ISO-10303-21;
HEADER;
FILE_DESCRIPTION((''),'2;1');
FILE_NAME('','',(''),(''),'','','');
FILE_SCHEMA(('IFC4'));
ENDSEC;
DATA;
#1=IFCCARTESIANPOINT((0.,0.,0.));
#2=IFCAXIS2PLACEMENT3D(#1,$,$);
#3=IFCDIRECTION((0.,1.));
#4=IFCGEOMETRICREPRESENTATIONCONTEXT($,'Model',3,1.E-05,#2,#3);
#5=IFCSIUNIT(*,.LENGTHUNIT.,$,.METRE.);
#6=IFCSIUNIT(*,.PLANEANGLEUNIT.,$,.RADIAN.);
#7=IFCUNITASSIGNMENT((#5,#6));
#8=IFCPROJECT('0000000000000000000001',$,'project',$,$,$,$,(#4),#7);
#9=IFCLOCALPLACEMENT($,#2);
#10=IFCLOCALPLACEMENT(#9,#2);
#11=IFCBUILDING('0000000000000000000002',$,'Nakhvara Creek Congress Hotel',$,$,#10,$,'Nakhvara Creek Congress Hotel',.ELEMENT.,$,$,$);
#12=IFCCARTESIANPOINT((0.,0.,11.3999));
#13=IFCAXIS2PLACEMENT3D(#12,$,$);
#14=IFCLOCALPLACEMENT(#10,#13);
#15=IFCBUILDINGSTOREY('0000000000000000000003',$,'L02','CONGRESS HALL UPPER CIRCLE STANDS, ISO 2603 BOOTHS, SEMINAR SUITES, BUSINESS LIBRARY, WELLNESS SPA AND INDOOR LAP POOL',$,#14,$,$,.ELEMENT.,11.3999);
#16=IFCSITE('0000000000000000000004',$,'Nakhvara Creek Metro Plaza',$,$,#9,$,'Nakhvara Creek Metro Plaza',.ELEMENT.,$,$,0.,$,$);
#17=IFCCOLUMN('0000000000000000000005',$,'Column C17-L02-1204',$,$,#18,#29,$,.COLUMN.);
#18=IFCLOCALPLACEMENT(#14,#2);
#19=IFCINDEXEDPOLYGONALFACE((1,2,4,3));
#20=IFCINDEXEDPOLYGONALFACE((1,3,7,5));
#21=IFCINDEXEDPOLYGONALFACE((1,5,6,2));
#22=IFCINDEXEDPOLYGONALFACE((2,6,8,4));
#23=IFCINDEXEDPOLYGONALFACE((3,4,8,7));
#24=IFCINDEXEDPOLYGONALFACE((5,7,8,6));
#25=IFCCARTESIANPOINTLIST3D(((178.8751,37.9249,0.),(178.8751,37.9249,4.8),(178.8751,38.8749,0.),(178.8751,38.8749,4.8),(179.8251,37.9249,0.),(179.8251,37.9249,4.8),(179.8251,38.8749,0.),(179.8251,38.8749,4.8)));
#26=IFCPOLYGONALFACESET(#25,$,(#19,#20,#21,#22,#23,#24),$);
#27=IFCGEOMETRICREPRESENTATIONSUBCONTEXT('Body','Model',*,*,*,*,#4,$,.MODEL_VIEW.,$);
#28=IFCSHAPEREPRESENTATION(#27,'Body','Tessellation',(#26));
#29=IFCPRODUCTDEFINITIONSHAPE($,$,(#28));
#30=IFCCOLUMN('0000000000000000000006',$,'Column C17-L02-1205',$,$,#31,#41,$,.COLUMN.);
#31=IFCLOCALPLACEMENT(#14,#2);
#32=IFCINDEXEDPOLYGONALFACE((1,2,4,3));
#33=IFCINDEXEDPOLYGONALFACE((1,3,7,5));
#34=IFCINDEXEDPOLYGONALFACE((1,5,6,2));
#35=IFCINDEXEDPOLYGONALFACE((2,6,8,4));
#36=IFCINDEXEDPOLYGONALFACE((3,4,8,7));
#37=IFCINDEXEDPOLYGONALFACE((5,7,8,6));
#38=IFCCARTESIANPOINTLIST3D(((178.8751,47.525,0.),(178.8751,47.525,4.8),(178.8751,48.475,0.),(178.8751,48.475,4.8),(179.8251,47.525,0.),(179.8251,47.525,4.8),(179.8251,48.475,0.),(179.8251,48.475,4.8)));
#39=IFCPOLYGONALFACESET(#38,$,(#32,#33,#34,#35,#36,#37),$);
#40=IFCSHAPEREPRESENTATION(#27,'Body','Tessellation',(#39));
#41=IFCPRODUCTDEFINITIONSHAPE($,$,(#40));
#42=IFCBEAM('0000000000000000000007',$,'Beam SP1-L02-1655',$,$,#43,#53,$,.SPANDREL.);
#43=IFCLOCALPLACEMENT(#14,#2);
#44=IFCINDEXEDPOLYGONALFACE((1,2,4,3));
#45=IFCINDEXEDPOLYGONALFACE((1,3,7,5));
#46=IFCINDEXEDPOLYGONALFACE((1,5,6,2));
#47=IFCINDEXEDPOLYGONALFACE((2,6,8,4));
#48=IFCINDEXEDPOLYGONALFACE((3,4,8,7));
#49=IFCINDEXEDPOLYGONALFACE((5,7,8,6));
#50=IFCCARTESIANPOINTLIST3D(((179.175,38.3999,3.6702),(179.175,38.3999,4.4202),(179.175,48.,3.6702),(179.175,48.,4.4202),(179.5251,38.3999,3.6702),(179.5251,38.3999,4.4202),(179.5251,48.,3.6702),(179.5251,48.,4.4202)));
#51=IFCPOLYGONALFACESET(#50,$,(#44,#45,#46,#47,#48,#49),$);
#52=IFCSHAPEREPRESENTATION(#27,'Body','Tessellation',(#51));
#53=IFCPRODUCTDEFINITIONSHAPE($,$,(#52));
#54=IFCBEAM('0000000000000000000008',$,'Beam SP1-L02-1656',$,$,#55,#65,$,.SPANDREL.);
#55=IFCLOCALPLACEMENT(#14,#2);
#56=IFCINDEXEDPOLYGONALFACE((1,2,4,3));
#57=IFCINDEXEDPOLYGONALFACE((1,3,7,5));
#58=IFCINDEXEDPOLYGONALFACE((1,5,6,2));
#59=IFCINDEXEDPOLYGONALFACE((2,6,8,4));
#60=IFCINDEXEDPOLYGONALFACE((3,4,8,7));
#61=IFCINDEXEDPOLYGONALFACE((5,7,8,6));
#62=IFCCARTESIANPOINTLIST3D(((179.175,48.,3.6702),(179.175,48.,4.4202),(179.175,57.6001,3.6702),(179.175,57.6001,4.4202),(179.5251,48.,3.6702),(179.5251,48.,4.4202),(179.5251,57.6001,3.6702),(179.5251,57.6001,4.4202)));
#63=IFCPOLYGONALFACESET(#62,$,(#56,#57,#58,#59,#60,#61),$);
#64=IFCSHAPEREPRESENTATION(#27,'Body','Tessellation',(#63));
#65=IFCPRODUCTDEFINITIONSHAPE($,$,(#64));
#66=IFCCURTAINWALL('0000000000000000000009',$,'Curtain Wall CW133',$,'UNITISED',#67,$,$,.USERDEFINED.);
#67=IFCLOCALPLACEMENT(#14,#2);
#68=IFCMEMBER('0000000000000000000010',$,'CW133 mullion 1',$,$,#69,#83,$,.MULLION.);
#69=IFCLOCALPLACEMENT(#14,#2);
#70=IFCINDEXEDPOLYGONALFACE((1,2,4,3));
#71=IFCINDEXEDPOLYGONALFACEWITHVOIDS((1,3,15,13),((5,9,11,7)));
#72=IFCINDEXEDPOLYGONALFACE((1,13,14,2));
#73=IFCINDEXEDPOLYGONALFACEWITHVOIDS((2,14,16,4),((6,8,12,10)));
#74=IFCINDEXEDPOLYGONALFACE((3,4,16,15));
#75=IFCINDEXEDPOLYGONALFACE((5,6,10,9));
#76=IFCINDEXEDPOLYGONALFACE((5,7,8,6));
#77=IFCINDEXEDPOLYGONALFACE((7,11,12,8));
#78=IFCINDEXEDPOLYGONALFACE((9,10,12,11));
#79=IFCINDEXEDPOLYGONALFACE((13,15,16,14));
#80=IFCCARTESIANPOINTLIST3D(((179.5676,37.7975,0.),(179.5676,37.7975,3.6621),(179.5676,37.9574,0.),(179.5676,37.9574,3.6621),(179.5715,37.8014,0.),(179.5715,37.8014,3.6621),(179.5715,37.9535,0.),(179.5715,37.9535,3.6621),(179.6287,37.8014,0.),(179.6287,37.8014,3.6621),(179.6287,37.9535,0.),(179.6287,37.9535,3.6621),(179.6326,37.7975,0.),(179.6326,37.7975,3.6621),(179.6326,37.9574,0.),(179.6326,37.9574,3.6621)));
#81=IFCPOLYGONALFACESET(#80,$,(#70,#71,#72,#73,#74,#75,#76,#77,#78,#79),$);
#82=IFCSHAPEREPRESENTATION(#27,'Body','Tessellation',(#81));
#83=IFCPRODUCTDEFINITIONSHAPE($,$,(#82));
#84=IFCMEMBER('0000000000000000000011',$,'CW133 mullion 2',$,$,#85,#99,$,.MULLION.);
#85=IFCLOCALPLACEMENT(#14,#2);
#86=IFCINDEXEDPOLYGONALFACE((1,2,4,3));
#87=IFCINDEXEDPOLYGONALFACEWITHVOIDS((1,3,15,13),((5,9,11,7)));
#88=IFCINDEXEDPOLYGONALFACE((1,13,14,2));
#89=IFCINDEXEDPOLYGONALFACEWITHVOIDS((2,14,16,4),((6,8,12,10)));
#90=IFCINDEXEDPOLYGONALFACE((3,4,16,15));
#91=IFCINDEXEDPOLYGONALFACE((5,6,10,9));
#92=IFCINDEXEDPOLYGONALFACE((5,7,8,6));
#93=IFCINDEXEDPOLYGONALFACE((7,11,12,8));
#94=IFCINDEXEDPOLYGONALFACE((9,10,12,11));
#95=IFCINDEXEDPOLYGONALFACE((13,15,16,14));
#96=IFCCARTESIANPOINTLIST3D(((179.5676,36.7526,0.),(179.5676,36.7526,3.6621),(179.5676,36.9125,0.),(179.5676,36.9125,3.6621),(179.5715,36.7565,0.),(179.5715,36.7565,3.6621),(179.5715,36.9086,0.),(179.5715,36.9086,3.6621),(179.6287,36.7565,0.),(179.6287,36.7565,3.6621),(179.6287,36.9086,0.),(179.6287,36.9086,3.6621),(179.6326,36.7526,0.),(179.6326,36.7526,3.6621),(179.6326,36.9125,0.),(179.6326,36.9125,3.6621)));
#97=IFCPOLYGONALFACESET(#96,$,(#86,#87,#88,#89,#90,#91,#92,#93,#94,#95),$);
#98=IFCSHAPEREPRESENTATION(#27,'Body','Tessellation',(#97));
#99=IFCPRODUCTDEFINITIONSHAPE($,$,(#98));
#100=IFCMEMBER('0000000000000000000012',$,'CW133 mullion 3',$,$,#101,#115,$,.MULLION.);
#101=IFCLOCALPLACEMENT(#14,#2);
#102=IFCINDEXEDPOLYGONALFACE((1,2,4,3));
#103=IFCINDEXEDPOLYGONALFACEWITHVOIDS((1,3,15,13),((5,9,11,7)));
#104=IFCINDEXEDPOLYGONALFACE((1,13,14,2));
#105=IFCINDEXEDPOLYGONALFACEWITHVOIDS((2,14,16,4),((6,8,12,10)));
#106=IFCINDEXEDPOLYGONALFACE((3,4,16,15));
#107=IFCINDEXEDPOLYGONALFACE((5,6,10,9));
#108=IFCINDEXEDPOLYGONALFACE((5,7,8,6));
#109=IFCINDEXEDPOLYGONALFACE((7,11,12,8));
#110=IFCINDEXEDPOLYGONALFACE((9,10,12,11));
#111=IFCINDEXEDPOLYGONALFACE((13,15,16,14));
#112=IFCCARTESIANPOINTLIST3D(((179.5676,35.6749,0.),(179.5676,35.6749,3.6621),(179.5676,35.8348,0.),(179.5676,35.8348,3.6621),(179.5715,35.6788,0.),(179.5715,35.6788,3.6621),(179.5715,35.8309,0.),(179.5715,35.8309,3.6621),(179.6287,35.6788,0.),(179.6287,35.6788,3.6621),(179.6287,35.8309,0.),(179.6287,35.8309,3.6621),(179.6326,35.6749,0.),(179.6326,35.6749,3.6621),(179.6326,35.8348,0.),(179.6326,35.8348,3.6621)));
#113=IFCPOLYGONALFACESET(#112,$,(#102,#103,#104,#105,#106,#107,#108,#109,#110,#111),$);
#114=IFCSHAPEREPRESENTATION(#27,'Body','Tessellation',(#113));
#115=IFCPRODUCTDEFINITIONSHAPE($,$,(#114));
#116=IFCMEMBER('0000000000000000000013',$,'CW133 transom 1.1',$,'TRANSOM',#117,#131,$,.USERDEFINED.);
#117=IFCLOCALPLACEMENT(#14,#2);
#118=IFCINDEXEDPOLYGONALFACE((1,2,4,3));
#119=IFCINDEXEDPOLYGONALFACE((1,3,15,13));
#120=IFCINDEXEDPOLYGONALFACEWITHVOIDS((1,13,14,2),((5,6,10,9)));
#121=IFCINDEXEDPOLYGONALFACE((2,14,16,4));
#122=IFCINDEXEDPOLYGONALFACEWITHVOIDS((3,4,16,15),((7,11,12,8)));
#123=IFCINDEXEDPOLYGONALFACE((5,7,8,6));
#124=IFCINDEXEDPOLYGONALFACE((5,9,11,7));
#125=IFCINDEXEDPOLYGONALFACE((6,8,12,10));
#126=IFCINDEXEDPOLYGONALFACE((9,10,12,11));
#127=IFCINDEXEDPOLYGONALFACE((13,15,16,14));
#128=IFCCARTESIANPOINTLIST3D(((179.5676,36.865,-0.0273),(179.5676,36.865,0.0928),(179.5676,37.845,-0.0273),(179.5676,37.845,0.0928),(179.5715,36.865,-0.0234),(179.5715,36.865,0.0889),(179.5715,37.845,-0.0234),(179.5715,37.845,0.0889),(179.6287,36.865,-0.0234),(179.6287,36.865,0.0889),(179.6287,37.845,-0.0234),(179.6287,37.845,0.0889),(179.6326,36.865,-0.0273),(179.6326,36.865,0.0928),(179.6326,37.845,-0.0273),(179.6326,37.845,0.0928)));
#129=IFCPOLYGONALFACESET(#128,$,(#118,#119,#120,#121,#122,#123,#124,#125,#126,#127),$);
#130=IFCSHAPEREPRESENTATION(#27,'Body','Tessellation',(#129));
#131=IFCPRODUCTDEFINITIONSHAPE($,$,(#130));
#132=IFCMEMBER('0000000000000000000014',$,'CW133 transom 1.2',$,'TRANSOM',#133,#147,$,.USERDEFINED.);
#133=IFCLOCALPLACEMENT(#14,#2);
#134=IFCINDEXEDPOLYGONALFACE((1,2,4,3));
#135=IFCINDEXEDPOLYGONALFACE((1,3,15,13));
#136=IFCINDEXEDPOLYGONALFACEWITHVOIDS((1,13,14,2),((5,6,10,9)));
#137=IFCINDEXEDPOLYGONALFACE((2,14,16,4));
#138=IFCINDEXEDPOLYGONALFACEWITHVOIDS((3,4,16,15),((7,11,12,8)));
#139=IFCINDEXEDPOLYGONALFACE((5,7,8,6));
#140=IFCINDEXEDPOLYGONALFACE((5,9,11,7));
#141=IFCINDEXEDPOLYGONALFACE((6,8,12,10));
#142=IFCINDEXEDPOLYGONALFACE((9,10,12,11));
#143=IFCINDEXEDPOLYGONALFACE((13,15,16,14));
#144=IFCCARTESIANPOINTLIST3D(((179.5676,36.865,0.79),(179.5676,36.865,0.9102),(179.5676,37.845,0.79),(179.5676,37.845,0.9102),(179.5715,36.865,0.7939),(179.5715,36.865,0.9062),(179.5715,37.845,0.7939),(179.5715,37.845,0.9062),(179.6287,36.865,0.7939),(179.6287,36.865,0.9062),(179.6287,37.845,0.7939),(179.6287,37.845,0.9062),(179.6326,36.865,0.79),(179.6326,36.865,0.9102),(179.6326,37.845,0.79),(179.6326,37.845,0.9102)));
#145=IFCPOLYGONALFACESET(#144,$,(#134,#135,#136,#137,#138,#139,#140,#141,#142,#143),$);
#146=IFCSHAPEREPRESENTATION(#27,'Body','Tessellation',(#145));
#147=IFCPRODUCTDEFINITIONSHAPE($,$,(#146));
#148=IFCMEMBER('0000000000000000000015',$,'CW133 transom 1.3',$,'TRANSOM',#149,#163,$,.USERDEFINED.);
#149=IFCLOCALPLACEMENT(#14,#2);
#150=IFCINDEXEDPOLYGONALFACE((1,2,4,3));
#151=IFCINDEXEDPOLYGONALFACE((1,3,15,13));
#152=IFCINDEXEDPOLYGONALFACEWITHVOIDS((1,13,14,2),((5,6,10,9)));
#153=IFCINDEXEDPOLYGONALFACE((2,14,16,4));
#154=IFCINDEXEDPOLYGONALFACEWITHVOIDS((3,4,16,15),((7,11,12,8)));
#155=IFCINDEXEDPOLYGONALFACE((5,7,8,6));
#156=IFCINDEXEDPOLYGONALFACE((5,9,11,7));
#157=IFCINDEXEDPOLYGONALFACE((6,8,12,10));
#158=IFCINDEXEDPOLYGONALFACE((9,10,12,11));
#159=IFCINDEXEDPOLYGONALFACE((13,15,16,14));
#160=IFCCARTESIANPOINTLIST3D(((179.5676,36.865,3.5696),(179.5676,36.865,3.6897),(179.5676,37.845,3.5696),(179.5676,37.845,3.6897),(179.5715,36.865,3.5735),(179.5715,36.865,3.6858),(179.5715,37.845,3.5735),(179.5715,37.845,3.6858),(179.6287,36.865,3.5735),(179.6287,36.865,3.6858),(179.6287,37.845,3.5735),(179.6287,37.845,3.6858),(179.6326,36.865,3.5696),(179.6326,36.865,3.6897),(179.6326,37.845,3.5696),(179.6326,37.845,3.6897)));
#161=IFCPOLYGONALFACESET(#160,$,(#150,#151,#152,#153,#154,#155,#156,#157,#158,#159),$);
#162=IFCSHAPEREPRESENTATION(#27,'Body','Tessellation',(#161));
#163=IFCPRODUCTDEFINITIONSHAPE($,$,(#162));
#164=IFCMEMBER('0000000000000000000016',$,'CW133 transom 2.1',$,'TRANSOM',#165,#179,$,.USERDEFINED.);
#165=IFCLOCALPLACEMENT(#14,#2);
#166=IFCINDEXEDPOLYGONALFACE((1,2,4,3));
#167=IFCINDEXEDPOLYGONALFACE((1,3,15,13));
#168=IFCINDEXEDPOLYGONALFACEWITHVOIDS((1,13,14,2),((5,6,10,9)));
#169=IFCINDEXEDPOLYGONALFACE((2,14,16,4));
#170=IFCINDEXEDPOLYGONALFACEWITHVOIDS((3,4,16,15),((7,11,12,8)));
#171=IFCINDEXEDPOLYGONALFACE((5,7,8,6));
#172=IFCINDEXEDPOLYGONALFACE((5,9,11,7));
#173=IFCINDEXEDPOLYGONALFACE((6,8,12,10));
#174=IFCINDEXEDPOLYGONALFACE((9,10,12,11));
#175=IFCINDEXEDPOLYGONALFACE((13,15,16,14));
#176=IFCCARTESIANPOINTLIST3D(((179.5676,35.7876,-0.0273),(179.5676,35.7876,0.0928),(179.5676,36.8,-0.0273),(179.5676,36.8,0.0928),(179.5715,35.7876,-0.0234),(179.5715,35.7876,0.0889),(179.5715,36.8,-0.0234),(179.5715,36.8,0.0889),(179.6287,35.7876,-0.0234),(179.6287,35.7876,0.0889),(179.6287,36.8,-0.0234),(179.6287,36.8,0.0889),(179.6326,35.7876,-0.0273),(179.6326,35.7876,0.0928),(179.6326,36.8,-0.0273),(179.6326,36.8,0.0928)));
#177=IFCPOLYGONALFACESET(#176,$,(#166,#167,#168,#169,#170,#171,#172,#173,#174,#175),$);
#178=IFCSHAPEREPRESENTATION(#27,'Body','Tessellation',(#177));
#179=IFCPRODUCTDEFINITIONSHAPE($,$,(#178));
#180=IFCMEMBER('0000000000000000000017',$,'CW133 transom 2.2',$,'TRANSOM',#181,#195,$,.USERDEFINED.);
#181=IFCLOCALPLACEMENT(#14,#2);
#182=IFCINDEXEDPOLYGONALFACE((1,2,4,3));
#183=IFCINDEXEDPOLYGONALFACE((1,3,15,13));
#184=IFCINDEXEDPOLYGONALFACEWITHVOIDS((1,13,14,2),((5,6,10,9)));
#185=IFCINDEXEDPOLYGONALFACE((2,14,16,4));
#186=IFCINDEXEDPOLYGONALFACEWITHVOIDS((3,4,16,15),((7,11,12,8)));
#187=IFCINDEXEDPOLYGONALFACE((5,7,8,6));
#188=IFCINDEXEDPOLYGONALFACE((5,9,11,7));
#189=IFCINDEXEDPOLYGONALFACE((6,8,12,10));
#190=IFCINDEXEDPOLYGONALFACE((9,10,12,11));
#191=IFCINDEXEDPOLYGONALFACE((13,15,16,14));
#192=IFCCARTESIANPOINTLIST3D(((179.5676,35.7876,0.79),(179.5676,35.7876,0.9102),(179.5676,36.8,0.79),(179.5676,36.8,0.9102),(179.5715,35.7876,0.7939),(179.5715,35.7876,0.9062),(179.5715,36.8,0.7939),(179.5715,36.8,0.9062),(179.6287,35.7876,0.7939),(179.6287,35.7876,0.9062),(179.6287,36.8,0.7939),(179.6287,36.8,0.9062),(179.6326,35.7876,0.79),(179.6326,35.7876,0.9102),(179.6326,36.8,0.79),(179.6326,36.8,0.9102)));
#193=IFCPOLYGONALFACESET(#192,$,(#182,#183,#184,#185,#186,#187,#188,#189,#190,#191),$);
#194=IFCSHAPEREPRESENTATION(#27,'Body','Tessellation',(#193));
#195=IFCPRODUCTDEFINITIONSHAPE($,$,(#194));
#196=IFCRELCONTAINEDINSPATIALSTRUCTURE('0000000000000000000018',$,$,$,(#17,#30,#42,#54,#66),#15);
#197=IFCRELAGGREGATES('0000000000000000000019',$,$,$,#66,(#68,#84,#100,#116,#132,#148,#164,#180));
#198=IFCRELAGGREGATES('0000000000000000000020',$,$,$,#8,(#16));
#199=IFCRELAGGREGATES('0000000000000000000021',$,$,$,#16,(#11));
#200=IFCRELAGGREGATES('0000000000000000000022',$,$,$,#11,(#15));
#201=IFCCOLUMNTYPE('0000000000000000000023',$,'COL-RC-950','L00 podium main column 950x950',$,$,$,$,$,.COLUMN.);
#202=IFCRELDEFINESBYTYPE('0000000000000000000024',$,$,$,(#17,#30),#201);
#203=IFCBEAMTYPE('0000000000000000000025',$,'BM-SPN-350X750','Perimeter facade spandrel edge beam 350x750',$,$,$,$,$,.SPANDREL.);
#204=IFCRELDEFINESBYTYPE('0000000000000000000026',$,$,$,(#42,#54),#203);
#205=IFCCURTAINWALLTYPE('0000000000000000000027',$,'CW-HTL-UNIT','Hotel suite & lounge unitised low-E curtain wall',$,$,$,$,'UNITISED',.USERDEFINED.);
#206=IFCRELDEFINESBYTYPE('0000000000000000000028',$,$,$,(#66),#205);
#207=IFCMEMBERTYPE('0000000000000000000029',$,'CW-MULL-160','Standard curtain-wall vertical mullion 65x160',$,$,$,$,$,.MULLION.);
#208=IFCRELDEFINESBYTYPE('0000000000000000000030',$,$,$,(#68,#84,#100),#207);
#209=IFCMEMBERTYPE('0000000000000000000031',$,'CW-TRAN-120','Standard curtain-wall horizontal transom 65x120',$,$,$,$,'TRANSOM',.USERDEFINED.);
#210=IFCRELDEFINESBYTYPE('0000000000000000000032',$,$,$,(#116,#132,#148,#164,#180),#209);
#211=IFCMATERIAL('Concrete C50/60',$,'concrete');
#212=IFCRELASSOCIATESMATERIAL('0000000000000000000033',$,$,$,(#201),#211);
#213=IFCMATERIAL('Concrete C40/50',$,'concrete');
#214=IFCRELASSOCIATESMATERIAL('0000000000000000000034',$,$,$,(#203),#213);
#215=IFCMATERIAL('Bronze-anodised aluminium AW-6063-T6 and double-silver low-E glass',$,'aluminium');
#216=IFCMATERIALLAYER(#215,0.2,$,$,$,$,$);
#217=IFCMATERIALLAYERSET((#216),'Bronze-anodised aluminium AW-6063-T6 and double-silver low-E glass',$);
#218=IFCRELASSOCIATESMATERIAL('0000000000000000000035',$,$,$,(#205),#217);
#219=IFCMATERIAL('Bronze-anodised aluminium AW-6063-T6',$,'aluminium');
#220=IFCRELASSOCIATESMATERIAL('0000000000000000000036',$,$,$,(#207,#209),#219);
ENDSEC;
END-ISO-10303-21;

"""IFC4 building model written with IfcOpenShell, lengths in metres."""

from ifc_helpers import new_model, si_unit, direction, frame, origin, origin_2d, place, context, subcontext, project, spatial, rectangle, hollow_rectangle, extrude, material, layer, layer_set, material_profile, profile_set, type_object, element, aggregate, save


model = new_model("IFC4")

# Units and contexts
model_context = context("Model", 3, precision=1e-05, world=origin(), true_north=direction((0.0, 1.0)))
body_context = subcontext(model_context, "Body", "Model", "MODEL_VIEW")
ifc_project = project(units=[si_unit("LENGTHUNIT", "METRE"), si_unit("PLANEANGLEUNIT", "RADIAN")], contexts=[model_context])

# Site, building, storey
site_placement = place(None, origin())
site = spatial("IfcSite", under=ifc_project, at=site_placement, Name="Nakhvara Creek Metro Plaza", LongName="Nakhvara Creek Metro Plaza", CompositionType="ELEMENT", RefElevation=0.0)
building_placement = place(site_placement, origin())
building = spatial("IfcBuilding", under=site, at=building_placement, Name="Nakhvara Creek Congress Hotel", LongName="Nakhvara Creek Congress Hotel", CompositionType="ELEMENT")
storey_placement = place(building_placement, frame((0.0, 0.0, 11.3999)))
storey = spatial("IfcBuildingStorey", under=building, at=storey_placement, Name="L02", Description="CONGRESS HALL UPPER CIRCLE STANDS, ISO 2603 BOOTHS, SEMINAR SUITES, BUSINESS LIBRARY, WELLNESS SPA AND INDOOR LAP POOL", CompositionType="ELEMENT", Elevation=11.3999)

# Columns
ifc_material_1 = material(Name="Concrete C50/60", Category="concrete")
ifc_material_profile_1 = material_profile(ifc_material_1, rectangle(XDim=0.95, YDim=0.95, at=origin_2d()), Name="RC-COL 950x950", Category="LoadBearing")
ifc_profile_set_1 = profile_set([ifc_material_profile_1], Name="Concrete C50/60")
column_type = type_object("IfcColumnType", Name="COL-RC-950", Description="L00 podium main column 950x950", PredefinedType="COLUMN", material=ifc_profile_set_1)
for number, where, z_axis, x_axis, name in (
    (1, (179.3501, 38.3999, 0.0), (0.0, 0.0, 1.0), (1.0, 0.0, 0.0), "Column C17-L02-1204"),
    (2, (179.3501, 48.0, 0.0), (0.0, 0.0, 1.0), (1.0, 0.0, 0.0), "Column C17-L02-1205"),
):
    element("IfcColumn", number, at=place(storey_placement, frame(where, z_axis=z_axis, x_axis=x_axis)), inside=storey, type_object=column_type, Name=name, PredefinedType="COLUMN", context=body_context, shape_type="SweptSolid", body=[
        extrude(rectangle(XDim=0.95, YDim=0.95, at=origin_2d()), origin(), (0.0, 0.0, 1.0), 4.8),
    ])

# Beams
ifc_material_2 = material(Name="Concrete C40/50", Category="concrete")
ifc_material_profile_2 = material_profile(ifc_material_2, rectangle(XDim=0.3501, YDim=0.75, at=origin_2d()), Name="RC-SPANDREL 350x750", Category="LoadBearing")
ifc_profile_set_2 = profile_set([ifc_material_profile_2], Name="Concrete C40/50")
beam_type = type_object("IfcBeamType", Name="BM-SPN-350X750", Description="Perimeter facade spandrel edge beam 350x750", PredefinedType="SPANDREL", material=ifc_profile_set_2)
for number, where, z_axis, x_axis, name in (
    (3, (179.3501, 38.3999, 4.0452), (0.0, 1.0, 0.0), (-1.0, 0.0, 0.0), "Beam SP1-L02-1655"),
    (4, (179.3501, 48.0, 4.0452), (0.0, 1.0, 0.0), (-1.0, 0.0, 0.0), "Beam SP1-L02-1656"),
):
    element("IfcBeam", number, at=place(storey_placement, frame(where, z_axis=z_axis, x_axis=x_axis)), inside=storey, type_object=beam_type, Name=name, PredefinedType="SPANDREL", context=body_context, shape_type="SweptSolid", body=[
        extrude(rectangle(XDim=0.3501, YDim=0.75, at=origin_2d()), origin(), (0.0, 0.0, 1.0), 9.6001),
    ])

# Curtain wall, members
ifc_material_3 = material(Name="Bronze-anodised aluminium AW-6063-T6 and double-silver low-E glass", Category="aluminium")
ifc_layer_1 = layer(ifc_material_3, 0.2)
ifc_layer_set_1 = layer_set([ifc_layer_1], Name="Bronze-anodised aluminium AW-6063-T6 and double-silver low-E glass")
curtain_wall_type = type_object("IfcCurtainWallType", Name="CW-HTL-UNIT", Description="Hotel suite & lounge unitised low-E curtain wall", ElementType="UNITISED", PredefinedType="USERDEFINED", material=ifc_layer_set_1)
curtain_wall_placement = place(storey_placement, origin())
curtain_wall = element("IfcCurtainWall", 5, at=curtain_wall_placement, inside=storey, type_object=curtain_wall_type, Name="Curtain Wall CW133", ObjectType="UNITISED", PredefinedType="USERDEFINED")
ifc_material_4 = material(Name="Bronze-anodised aluminium AW-6063-T6", Category="aluminium")
ifc_material_profile_3 = material_profile(ifc_material_4, hollow_rectangle(XDim=0.0649, YDim=0.1599, WallThickness=0.0039, at=origin_2d()), Name="ALU-MULL 65x160x4", Category="LoadBearing")
ifc_profile_set_3 = profile_set([ifc_material_profile_3], Name="Bronze-anodised aluminium AW-6063-T6")
member_type_1 = type_object("IfcMemberType", Name="CW-MULL-160", Description="Standard curtain-wall vertical mullion 65x160", PredefinedType="MULLION", material=ifc_profile_set_3)
member_1_placement = place(storey_placement, frame((179.6001, 37.8774, 0.0), z_axis=(0.0, 0.0, 1.0), x_axis=(1.0, 0.0, 0.0)))
member_1 = element("IfcMember", 6, at=member_1_placement, type_object=member_type_1, Name="CW133 mullion 1", PredefinedType="MULLION", context=body_context, shape_type="SweptSolid", body=[
    extrude(hollow_rectangle(XDim=0.0649, YDim=0.1599, WallThickness=0.0039, at=origin_2d()), origin(), (0.0, 0.0, 1.0), 3.6621),
])
member_2_placement = place(storey_placement, frame((179.6001, 36.8325, 0.0), z_axis=(0.0, 0.0, 1.0), x_axis=(1.0, 0.0, 0.0)))
member_2 = element("IfcMember", 7, at=member_2_placement, type_object=member_type_1, Name="CW133 mullion 2", PredefinedType="MULLION", context=body_context, shape_type="SweptSolid", body=[
    extrude(hollow_rectangle(XDim=0.0649, YDim=0.1599, WallThickness=0.0039, at=origin_2d()), origin(), (0.0, 0.0, 1.0), 3.6621),
])
member_3_placement = place(storey_placement, frame((179.6001, 35.7549, 0.0), z_axis=(0.0, 0.0, 1.0), x_axis=(1.0, 0.0, 0.0)))
member_3 = element("IfcMember", 8, at=member_3_placement, type_object=member_type_1, Name="CW133 mullion 3", PredefinedType="MULLION", context=body_context, shape_type="SweptSolid", body=[
    extrude(hollow_rectangle(XDim=0.0649, YDim=0.1599, WallThickness=0.0039, at=origin_2d()), origin(), (0.0, 0.0, 1.0), 3.6621),
])
ifc_material_profile_4 = material_profile(ifc_material_4, hollow_rectangle(XDim=0.0649, YDim=0.1201, WallThickness=0.0039, at=origin_2d()), Name="ALU-TRAN 65x120x4", Category="LoadBearing")
ifc_profile_set_4 = profile_set([ifc_material_profile_4], Name="Bronze-anodised aluminium AW-6063-T6")
member_type_2 = type_object("IfcMemberType", Name="CW-TRAN-120", Description="Standard curtain-wall horizontal transom 65x120", ElementType="TRANSOM", PredefinedType="USERDEFINED", material=ifc_profile_set_4)
member_4_placement = place(storey_placement, frame((179.6001, 37.845, 0.0327), z_axis=(0.0, -1.0, 0.0), x_axis=(1.0, 0.0, 0.0)))
member_4 = element("IfcMember", 9, at=member_4_placement, type_object=member_type_2, Name="CW133 transom 1.1", ObjectType="TRANSOM", PredefinedType="USERDEFINED", context=body_context, shape_type="SweptSolid", body=[
    extrude(hollow_rectangle(XDim=0.0649, YDim=0.1201, WallThickness=0.0039, at=origin_2d()), origin(), (0.0, 0.0, 1.0), 0.98),
])
member_5_placement = place(storey_placement, frame((179.6001, 37.845, 0.8501), z_axis=(0.0, -1.0, 0.0), x_axis=(1.0, 0.0, 0.0)))
member_5 = element("IfcMember", 10, at=member_5_placement, type_object=member_type_2, Name="CW133 transom 1.2", ObjectType="TRANSOM", PredefinedType="USERDEFINED", context=body_context, shape_type="SweptSolid", body=[
    extrude(hollow_rectangle(XDim=0.0649, YDim=0.1201, WallThickness=0.0039, at=origin_2d()), origin(), (0.0, 0.0, 1.0), 0.98),
])
member_6_placement = place(storey_placement, frame((179.6001, 37.845, 3.6296), z_axis=(0.0, -1.0, 0.0), x_axis=(1.0, 0.0, 0.0)))
member_6 = element("IfcMember", 11, at=member_6_placement, type_object=member_type_2, Name="CW133 transom 1.3", ObjectType="TRANSOM", PredefinedType="USERDEFINED", context=body_context, shape_type="SweptSolid", body=[
    extrude(hollow_rectangle(XDim=0.0649, YDim=0.1201, WallThickness=0.0039, at=origin_2d()), origin(), (0.0, 0.0, 1.0), 0.98),
])
member_7_placement = place(storey_placement, frame((179.6001, 36.8, 0.0327), z_axis=(0.0, -1.0, 0.0), x_axis=(1.0, 0.0, 0.0)))
member_7 = element("IfcMember", 12, at=member_7_placement, type_object=member_type_2, Name="CW133 transom 2.1", ObjectType="TRANSOM", PredefinedType="USERDEFINED", context=body_context, shape_type="SweptSolid", body=[
    extrude(hollow_rectangle(XDim=0.0649, YDim=0.1201, WallThickness=0.0039, at=origin_2d()), origin(), (0.0, 0.0, 1.0), 1.0125),
])
member_8_placement = place(storey_placement, frame((179.6001, 36.8, 0.8501), z_axis=(0.0, -1.0, 0.0), x_axis=(1.0, 0.0, 0.0)))
member_8 = element("IfcMember", 13, at=member_8_placement, type_object=member_type_2, Name="CW133 transom 2.2", ObjectType="TRANSOM", PredefinedType="USERDEFINED", context=body_context, shape_type="SweptSolid", body=[
    extrude(hollow_rectangle(XDim=0.0649, YDim=0.1201, WallThickness=0.0039, at=origin_2d()), origin(), (0.0, 0.0, 1.0), 1.0125),
])
aggregate(curtain_wall, [member_1, member_2, member_3, member_4, member_5, member_6, member_7, member_8])

save(model, "model.ifc")
